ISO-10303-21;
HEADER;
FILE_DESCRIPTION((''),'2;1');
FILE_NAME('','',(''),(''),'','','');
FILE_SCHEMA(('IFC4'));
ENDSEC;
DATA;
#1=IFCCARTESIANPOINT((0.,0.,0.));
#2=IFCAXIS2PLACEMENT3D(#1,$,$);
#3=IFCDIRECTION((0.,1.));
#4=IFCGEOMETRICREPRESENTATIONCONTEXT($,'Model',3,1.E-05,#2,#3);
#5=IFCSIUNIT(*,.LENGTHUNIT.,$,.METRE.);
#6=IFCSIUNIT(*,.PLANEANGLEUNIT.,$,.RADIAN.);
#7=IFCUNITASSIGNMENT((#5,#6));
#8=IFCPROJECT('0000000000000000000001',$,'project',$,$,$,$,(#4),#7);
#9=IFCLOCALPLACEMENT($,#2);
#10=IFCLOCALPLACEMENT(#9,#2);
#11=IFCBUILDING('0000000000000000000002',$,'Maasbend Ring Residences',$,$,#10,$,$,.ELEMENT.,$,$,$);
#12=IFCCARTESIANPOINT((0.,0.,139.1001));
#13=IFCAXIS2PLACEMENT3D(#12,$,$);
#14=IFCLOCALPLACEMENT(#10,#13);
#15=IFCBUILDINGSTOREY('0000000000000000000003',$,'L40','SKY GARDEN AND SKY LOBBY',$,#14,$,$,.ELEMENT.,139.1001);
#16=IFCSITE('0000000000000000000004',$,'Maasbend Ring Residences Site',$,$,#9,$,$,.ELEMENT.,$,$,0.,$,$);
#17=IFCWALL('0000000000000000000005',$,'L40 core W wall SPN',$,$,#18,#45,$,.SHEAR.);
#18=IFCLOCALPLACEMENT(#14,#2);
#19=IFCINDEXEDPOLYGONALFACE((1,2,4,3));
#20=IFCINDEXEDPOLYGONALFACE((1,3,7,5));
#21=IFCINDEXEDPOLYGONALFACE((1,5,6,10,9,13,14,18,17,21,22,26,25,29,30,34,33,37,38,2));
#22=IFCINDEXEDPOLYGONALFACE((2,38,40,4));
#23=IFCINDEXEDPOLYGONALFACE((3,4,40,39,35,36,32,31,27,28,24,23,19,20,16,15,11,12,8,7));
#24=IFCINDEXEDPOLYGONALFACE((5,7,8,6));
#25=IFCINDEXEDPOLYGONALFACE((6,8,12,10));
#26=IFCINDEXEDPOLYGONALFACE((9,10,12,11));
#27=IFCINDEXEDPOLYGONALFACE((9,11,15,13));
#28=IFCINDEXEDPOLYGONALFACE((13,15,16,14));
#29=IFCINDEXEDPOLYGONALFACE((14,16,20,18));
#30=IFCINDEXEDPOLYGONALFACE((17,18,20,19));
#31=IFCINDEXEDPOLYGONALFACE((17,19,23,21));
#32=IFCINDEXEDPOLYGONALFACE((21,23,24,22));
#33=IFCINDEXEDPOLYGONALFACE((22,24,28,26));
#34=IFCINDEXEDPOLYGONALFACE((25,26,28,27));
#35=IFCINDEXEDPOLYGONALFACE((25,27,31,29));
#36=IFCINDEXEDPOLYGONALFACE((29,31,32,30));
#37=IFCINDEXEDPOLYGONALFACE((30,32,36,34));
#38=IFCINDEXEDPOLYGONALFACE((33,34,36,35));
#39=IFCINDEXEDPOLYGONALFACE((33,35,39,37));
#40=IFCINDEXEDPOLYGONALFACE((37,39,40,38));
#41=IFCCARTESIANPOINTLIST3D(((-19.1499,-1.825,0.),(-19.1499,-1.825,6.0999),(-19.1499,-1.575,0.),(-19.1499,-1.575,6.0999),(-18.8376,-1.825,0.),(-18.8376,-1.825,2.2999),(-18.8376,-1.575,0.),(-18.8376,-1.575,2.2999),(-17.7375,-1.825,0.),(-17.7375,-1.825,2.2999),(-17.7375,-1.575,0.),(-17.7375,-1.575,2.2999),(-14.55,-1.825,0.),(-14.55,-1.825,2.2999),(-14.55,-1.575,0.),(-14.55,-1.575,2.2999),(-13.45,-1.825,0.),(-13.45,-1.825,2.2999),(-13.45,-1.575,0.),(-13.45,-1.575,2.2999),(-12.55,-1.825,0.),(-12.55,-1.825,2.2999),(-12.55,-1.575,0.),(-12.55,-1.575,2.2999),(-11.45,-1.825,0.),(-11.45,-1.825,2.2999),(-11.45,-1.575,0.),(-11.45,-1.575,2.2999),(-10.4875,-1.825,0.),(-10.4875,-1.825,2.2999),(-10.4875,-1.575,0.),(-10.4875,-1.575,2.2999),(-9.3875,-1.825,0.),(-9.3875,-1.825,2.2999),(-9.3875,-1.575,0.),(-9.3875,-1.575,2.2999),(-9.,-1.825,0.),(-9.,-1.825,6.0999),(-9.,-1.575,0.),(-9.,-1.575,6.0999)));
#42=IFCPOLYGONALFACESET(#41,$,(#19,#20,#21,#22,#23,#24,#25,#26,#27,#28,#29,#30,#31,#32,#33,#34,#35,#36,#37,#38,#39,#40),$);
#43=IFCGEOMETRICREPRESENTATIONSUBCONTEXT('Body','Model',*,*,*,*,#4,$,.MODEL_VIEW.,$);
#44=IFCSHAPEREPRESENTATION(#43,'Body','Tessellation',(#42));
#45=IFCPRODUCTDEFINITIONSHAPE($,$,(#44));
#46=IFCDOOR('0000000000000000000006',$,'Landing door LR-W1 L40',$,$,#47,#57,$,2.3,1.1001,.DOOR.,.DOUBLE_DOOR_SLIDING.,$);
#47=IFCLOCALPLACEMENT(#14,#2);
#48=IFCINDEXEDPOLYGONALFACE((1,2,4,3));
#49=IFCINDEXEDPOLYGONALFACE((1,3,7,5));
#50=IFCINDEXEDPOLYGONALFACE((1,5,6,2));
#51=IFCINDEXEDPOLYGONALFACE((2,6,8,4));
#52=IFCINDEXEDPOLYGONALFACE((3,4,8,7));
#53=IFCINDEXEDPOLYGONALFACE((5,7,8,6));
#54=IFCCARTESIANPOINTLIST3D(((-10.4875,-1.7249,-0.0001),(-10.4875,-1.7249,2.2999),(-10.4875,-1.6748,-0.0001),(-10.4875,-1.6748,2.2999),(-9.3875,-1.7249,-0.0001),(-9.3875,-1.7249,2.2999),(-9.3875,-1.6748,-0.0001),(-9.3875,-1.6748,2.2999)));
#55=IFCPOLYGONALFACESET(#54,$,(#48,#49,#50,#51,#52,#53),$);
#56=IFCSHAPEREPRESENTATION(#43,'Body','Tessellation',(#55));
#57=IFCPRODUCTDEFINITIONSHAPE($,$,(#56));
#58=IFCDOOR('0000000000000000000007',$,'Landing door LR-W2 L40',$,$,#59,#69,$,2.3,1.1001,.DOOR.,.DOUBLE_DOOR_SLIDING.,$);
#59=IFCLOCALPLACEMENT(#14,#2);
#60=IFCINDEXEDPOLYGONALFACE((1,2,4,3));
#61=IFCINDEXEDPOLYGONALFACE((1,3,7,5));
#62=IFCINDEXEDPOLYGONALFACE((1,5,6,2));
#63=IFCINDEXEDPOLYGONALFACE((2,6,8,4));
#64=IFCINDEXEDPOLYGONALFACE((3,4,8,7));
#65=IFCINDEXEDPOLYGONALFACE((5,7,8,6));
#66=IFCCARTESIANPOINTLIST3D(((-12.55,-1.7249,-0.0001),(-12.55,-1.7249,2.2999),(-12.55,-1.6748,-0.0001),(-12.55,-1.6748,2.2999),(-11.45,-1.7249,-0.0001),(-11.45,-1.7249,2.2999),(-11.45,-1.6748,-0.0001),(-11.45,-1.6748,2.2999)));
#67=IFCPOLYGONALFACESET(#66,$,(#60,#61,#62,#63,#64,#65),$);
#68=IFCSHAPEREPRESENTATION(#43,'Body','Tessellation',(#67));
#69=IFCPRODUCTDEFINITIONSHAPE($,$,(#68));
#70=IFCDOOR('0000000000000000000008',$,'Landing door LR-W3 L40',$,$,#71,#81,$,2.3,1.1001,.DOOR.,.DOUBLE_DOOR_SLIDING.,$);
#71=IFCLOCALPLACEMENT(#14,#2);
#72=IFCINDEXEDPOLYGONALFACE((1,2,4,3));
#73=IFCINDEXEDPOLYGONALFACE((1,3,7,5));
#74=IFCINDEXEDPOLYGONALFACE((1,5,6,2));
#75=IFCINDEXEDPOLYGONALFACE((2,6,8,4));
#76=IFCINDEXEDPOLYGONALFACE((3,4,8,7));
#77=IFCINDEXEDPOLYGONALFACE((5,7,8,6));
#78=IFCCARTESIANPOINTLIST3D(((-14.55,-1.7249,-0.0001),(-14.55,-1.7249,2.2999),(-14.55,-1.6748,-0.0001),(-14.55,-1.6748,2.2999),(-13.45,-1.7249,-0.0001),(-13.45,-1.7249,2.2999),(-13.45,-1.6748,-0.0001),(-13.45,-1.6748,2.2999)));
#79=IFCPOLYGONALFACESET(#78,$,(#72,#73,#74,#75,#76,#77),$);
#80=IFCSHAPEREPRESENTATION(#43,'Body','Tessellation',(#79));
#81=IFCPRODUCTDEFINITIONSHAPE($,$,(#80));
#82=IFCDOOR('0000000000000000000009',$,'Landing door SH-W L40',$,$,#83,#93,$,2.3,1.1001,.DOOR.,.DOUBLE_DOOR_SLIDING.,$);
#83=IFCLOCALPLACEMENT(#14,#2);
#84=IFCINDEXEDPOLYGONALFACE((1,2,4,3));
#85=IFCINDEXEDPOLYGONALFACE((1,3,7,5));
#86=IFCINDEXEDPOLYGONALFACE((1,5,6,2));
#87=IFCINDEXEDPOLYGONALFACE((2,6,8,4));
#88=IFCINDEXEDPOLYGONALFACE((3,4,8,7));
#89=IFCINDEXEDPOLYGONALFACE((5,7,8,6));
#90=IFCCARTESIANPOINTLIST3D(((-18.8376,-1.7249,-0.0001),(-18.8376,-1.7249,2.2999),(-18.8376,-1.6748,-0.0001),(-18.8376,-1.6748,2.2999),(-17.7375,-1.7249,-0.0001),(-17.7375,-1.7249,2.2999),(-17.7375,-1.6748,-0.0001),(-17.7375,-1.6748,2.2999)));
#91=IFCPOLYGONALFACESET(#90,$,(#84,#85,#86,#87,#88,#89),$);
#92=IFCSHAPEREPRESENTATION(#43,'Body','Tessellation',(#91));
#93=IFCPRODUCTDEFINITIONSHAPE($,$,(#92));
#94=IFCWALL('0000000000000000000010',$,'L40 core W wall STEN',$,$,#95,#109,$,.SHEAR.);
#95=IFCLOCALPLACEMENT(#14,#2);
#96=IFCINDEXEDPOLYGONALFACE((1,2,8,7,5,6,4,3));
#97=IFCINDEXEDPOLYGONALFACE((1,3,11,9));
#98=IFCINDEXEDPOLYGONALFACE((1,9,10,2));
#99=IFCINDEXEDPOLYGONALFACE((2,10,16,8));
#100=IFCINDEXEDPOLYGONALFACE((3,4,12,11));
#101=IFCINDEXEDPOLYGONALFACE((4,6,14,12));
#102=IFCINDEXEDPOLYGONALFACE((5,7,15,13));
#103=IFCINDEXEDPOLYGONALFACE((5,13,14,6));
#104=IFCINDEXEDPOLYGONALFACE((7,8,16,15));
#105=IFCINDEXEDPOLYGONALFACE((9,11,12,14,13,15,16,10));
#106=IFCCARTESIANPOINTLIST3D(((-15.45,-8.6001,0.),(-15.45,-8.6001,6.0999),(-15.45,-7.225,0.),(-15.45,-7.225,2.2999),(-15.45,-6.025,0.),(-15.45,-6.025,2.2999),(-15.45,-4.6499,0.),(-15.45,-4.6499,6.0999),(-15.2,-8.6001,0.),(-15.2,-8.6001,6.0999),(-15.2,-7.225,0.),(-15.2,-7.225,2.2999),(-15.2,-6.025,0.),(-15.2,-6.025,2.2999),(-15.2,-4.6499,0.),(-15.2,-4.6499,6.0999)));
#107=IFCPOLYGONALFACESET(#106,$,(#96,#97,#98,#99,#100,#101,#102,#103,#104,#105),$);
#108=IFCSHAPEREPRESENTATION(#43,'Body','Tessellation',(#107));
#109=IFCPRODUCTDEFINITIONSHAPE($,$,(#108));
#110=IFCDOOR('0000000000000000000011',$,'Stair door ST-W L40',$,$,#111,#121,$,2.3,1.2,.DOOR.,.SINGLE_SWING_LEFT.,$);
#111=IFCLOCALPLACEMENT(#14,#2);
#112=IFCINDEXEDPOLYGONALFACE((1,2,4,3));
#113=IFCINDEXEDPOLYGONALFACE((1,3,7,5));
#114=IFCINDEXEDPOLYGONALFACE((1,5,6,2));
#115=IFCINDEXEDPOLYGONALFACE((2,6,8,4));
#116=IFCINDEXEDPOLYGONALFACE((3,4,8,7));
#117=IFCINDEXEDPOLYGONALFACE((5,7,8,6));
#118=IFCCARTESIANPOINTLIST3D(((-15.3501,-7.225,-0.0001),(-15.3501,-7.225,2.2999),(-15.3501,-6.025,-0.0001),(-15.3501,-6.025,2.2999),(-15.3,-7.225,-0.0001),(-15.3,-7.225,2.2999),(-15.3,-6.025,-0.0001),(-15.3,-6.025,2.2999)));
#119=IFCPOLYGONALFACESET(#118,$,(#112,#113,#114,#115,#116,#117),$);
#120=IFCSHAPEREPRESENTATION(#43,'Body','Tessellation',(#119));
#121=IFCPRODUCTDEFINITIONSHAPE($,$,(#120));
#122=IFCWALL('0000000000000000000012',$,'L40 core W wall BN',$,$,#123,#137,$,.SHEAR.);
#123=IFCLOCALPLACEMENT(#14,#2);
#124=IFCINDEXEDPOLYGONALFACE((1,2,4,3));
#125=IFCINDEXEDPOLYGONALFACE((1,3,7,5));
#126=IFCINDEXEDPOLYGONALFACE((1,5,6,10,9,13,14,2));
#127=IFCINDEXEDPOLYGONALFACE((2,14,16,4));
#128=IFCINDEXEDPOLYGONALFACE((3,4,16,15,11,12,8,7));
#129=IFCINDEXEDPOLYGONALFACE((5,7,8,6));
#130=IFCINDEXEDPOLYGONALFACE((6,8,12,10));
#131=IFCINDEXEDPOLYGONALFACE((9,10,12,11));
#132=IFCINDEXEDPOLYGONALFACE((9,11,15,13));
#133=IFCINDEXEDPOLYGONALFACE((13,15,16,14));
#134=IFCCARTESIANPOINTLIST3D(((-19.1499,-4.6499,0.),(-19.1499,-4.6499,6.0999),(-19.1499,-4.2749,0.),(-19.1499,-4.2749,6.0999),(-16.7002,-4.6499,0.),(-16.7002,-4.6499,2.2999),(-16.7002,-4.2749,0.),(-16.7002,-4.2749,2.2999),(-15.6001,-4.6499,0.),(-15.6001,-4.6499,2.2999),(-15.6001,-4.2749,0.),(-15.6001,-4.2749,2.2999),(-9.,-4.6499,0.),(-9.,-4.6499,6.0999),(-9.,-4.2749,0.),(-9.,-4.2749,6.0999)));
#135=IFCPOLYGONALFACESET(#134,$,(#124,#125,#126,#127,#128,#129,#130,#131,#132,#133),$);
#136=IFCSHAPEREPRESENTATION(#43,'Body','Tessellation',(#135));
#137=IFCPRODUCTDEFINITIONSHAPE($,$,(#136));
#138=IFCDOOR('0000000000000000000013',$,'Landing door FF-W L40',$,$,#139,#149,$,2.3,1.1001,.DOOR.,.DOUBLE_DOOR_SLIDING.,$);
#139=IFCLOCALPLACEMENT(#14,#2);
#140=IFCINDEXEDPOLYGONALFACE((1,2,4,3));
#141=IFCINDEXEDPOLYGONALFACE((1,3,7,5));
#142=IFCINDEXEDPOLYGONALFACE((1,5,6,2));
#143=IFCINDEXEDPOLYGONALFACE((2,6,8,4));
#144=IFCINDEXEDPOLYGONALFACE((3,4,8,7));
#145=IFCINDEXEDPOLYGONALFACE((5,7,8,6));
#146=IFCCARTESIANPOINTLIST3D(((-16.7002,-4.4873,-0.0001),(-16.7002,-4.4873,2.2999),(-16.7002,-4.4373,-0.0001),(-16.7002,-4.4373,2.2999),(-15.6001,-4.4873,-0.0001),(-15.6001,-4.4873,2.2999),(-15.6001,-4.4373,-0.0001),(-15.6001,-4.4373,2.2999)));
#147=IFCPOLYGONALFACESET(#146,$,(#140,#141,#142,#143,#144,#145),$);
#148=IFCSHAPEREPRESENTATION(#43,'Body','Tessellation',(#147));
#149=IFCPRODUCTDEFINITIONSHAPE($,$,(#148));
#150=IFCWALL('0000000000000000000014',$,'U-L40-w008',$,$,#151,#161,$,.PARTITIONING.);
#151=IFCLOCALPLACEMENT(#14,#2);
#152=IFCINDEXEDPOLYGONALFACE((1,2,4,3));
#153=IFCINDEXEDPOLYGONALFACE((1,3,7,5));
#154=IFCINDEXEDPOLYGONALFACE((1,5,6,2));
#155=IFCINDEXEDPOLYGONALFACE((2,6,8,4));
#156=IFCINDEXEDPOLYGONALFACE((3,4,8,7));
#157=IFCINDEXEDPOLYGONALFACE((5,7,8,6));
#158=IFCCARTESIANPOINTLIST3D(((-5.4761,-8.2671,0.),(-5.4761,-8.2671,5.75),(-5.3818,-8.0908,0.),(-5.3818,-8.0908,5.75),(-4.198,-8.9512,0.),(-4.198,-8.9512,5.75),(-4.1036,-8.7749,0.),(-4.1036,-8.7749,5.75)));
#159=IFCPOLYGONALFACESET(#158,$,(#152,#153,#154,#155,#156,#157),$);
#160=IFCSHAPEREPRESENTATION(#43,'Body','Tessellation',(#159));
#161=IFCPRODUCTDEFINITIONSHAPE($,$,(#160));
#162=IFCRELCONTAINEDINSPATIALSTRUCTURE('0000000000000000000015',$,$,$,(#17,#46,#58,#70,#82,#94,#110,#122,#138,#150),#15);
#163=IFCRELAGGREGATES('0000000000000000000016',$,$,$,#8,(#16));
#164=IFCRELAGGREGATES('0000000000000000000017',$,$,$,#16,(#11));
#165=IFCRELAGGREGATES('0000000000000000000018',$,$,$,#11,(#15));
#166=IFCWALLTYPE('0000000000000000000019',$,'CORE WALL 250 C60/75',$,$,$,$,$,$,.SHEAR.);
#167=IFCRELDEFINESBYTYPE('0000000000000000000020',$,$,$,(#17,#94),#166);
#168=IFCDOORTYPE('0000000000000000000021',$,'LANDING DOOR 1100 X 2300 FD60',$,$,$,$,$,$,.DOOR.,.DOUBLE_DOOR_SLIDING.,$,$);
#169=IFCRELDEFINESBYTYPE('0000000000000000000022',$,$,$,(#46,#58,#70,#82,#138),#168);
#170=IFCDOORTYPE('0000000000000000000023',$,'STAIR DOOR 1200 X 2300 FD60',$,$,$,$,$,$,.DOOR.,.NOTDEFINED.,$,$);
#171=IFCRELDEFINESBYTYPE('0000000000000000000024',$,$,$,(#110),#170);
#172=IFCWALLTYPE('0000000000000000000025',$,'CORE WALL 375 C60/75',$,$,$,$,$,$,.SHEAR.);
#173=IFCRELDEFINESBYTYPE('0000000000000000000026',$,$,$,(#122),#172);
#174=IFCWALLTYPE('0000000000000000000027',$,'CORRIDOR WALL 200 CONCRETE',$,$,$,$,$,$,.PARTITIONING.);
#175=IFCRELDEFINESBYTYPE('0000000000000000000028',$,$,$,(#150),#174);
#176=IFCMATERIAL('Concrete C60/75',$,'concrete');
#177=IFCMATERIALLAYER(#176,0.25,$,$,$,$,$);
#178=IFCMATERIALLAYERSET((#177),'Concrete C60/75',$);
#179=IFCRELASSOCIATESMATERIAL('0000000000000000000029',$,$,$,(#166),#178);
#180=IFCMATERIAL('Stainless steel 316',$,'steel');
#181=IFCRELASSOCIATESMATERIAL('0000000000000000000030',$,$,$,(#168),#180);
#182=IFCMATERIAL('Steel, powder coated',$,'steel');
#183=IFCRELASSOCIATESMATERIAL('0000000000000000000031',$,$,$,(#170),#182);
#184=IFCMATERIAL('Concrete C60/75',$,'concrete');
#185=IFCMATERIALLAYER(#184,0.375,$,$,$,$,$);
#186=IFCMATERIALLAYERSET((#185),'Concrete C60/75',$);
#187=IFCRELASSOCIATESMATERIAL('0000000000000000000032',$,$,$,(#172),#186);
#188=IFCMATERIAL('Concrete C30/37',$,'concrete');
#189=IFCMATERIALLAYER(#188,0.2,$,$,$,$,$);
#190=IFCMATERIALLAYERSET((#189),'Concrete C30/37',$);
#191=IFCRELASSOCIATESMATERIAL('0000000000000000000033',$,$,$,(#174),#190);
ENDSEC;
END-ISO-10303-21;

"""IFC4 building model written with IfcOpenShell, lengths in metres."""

from ifc_helpers import new_model, si_unit, direction, frame, frame_2d, origin, place, context, subcontext, project, spatial, rectangle, extrude, material, layer, layer_set, type_object, element, fill, save


model = new_model("IFC4")

# Units and contexts
model_context = context("Model", 3, precision=1e-05, world=origin(), true_north=direction((0.0, 1.0)))
body_context = subcontext(model_context, "Body", "Model", "MODEL_VIEW")
ifc_project = project(units=[si_unit("LENGTHUNIT", "METRE"), si_unit("PLANEANGLEUNIT", "RADIAN")], contexts=[model_context])

# Site, building, storey
site_placement = place(None, origin())
site = spatial("IfcSite", under=ifc_project, at=site_placement, Name="Maasbend Ring Residences Site", CompositionType="ELEMENT", RefElevation=0.0)
building_placement = place(site_placement, origin())
building = spatial("IfcBuilding", under=site, at=building_placement, Name="Maasbend Ring Residences", CompositionType="ELEMENT")
storey_placement = place(building_placement, frame((0.0, 0.0, 139.1001)))
storey = spatial("IfcBuildingStorey", under=building, at=storey_placement, Name="L40", Description="SKY GARDEN AND SKY LOBBY", CompositionType="ELEMENT", Elevation=139.1001)

# Wall, openings, doors
ifc_material_1 = material(Name="Concrete C60/75", Category="concrete")
ifc_layer_1 = layer(ifc_material_1, 0.25)
ifc_layer_set_1 = layer_set([ifc_layer_1], Name="Concrete C60/75")
wall_type_1 = type_object("IfcWallType", Name="CORE WALL 250 C60/75", PredefinedType="SHEAR", material=ifc_layer_set_1)
wall_1_placement = place(storey_placement, frame((-9.0, -1.7, 0.0), z_axis=(0.0, 0.0, 1.0), x_axis=(-1.0, 0.0, 0.0)))
wall_1 = element("IfcWall", 1, at=wall_1_placement, inside=storey, type_object=wall_type_1, Name="L40 core W wall SPN", PredefinedType="SHEAR", context=body_context, shape_type="SweptSolid", body=[
    extrude(rectangle(XDim=10.1499, YDim=0.25, at=frame_2d((5.075, 0.0))), origin(), (0.0, 0.0, 1.0), 6.0999),
])
opening_1_placement = place(wall_1_placement, frame((0.3875, 0.0, 0.0)))
opening_1 = element("IfcOpeningElement", 2, at=opening_1_placement, cuts=wall_1, PredefinedType="OPENING", context=body_context, shape_type="SweptSolid", body=[
    extrude(rectangle(XDim=1.1001, YDim=2.3, at=frame_2d((0.55, 1.1499))), frame((0.0, 0.135, 0.0), z_axis=(0.0, -1.0, 0.0), x_axis=(1.0, 0.0, 0.0)), (0.0, 0.0, 1.0), 0.27),
])
opening_2_placement = place(wall_1_placement, frame((2.45, 0.0, 0.0)))
opening_2 = element("IfcOpeningElement", 3, at=opening_2_placement, cuts=wall_1, PredefinedType="OPENING", context=body_context, shape_type="SweptSolid", body=[
    extrude(rectangle(XDim=1.1001, YDim=2.3, at=frame_2d((0.55, 1.1499))), frame((0.0, 0.135, 0.0), z_axis=(0.0, -1.0, 0.0), x_axis=(1.0, 0.0, 0.0)), (0.0, 0.0, 1.0), 0.27),
])
opening_3_placement = place(wall_1_placement, frame((4.45, 0.0, 0.0)))
opening_3 = element("IfcOpeningElement", 4, at=opening_3_placement, cuts=wall_1, PredefinedType="OPENING", context=body_context, shape_type="SweptSolid", body=[
    extrude(rectangle(XDim=1.1001, YDim=2.3, at=frame_2d((0.55, 1.1499))), frame((0.0, 0.135, 0.0), z_axis=(0.0, -1.0, 0.0), x_axis=(1.0, 0.0, 0.0)), (0.0, 0.0, 1.0), 0.27),
])
opening_4_placement = place(wall_1_placement, frame((8.7375, 0.0, 0.0)))
opening_4 = element("IfcOpeningElement", 5, at=opening_4_placement, cuts=wall_1, PredefinedType="OPENING", context=body_context, shape_type="SweptSolid", body=[
    extrude(rectangle(XDim=1.1001, YDim=2.3, at=frame_2d((0.55, 1.1499))), frame((0.0, 0.135, 0.0), z_axis=(0.0, -1.0, 0.0), x_axis=(1.0, 0.0, 0.0)), (0.0, 0.0, 1.0), 0.27),
])
ifc_material_2 = material(Name="Stainless steel 316", Category="steel")
door_type_1 = type_object("IfcDoorType", Name="LANDING DOOR 1100 X 2300 FD60", OperationType="DOUBLE_DOOR_SLIDING", PredefinedType="DOOR", material=ifc_material_2)
door_1_placement = place(opening_1_placement, origin())
door_1 = element("IfcDoor", 6, at=door_1_placement, inside=storey, type_object=door_type_1, Name="Landing door LR-W1 L40", OperationType="DOUBLE_DOOR_SLIDING", OverallHeight=2.3, OverallWidth=1.1001, PredefinedType="DOOR", context=body_context, shape_type="SweptSolid", body=[
    extrude(rectangle(XDim=1.1001, YDim=2.3, at=frame_2d((0.55, 1.1499))), frame((0.0, 0.0249, 0.0), z_axis=(0.0, -1.0, 0.0), x_axis=(1.0, 0.0, 0.0)), (0.0, 0.0, 1.0), 0.05),
])
fill(opening_1, door_1)
door_2_placement = place(opening_2_placement, origin())
door_2 = element("IfcDoor", 7, at=door_2_placement, inside=storey, type_object=door_type_1, Name="Landing door LR-W2 L40", OperationType="DOUBLE_DOOR_SLIDING", OverallHeight=2.3, OverallWidth=1.1001, PredefinedType="DOOR", context=body_context, shape_type="SweptSolid", body=[
    extrude(rectangle(XDim=1.1001, YDim=2.3, at=frame_2d((0.55, 1.1499))), frame((0.0, 0.0249, 0.0), z_axis=(0.0, -1.0, 0.0), x_axis=(1.0, 0.0, 0.0)), (0.0, 0.0, 1.0), 0.05),
])
fill(opening_2, door_2)
door_3_placement = place(opening_3_placement, origin())
door_3 = element("IfcDoor", 8, at=door_3_placement, inside=storey, type_object=door_type_1, Name="Landing door LR-W3 L40", OperationType="DOUBLE_DOOR_SLIDING", OverallHeight=2.3, OverallWidth=1.1001, PredefinedType="DOOR", context=body_context, shape_type="SweptSolid", body=[
    extrude(rectangle(XDim=1.1001, YDim=2.3, at=frame_2d((0.55, 1.1499))), frame((0.0, 0.0249, 0.0), z_axis=(0.0, -1.0, 0.0), x_axis=(1.0, 0.0, 0.0)), (0.0, 0.0, 1.0), 0.05),
])
fill(opening_3, door_3)
door_4_placement = place(opening_4_placement, origin())
door_4 = element("IfcDoor", 9, at=door_4_placement, inside=storey, type_object=door_type_1, Name="Landing door SH-W L40", OperationType="DOUBLE_DOOR_SLIDING", OverallHeight=2.3, OverallWidth=1.1001, PredefinedType="DOOR", context=body_context, shape_type="SweptSolid", body=[
    extrude(rectangle(XDim=1.1001, YDim=2.3, at=frame_2d((0.55, 1.1499))), frame((0.0, 0.0249, 0.0), z_axis=(0.0, -1.0, 0.0), x_axis=(1.0, 0.0, 0.0)), (0.0, 0.0, 1.0), 0.05),
])
fill(opening_4, door_4)

# Walls, openings, doors
wall_2_placement = place(storey_placement, frame((-15.325, -4.6499, 0.0), z_axis=(0.0, 0.0, 1.0), x_axis=(0.0, -1.0, 0.0)))
wall_2 = element("IfcWall", 10, at=wall_2_placement, inside=storey, type_object=wall_type_1, Name="L40 core W wall STEN", PredefinedType="SHEAR", context=body_context, shape_type="SweptSolid", body=[
    extrude(rectangle(XDim=3.9502, YDim=0.25, at=frame_2d((1.9751, 0.0))), origin(), (0.0, 0.0, 1.0), 6.0999),
])
opening_5_placement = place(wall_2_placement, frame((1.375, 0.0, 0.0)))
opening_5 = element("IfcOpeningElement", 11, at=opening_5_placement, cuts=wall_2, PredefinedType="OPENING", context=body_context, shape_type="SweptSolid", body=[
    extrude(rectangle(XDim=1.2, YDim=2.3, at=frame_2d((0.6001, 1.1499))), frame((0.0, 0.135, 0.0), z_axis=(0.0, -1.0, 0.0), x_axis=(1.0, 0.0, 0.0)), (0.0, 0.0, 1.0), 0.27),
])
ifc_material_3 = material(Name="Steel, powder coated", Category="steel")
door_type_2 = type_object("IfcDoorType", Name="STAIR DOOR 1200 X 2300 FD60", OperationType="NOTDEFINED", PredefinedType="DOOR", material=ifc_material_3)
door_5_placement = place(opening_5_placement, origin())
door_5 = element("IfcDoor", 12, at=door_5_placement, inside=storey, type_object=door_type_2, Name="Stair door ST-W L40", OperationType="SINGLE_SWING_LEFT", OverallHeight=2.3, OverallWidth=1.2, PredefinedType="DOOR", context=body_context, shape_type="SweptSolid", body=[
    extrude(rectangle(XDim=1.2, YDim=2.3, at=frame_2d((0.6001, 1.1499))), frame((0.0, 0.0249, 0.0), z_axis=(0.0, -1.0, 0.0), x_axis=(1.0, 0.0, 0.0)), (0.0, 0.0, 1.0), 0.05),
])
fill(opening_5, door_5)
ifc_material_4 = material(Name="Concrete C60/75", Category="concrete")
ifc_layer_2 = layer(ifc_material_4, 0.375)
ifc_layer_set_2 = layer_set([ifc_layer_2], Name="Concrete C60/75")
wall_type_2 = type_object("IfcWallType", Name="CORE WALL 375 C60/75", PredefinedType="SHEAR", material=ifc_layer_set_2)
wall_3_placement = place(storey_placement, frame((-9.0, -4.4624, 0.0), z_axis=(0.0, 0.0, 1.0), x_axis=(-1.0, 0.0, 0.0)))
wall_3 = element("IfcWall", 13, at=wall_3_placement, inside=storey, type_object=wall_type_2, Name="L40 core W wall BN", PredefinedType="SHEAR", context=body_context, shape_type="SweptSolid", body=[
    extrude(rectangle(XDim=10.1499, YDim=0.375, at=frame_2d((5.075, 0.0))), origin(), (0.0, 0.0, 1.0), 6.0999),
])
opening_6_placement = place(wall_3_placement, frame((6.6001, 0.0, 0.0)))
opening_6 = element("IfcOpeningElement", 14, at=opening_6_placement, cuts=wall_3, PredefinedType="OPENING", context=body_context, shape_type="SweptSolid", body=[
    extrude(rectangle(XDim=1.1001, YDim=2.3, at=frame_2d((0.55, 1.1499))), frame((0.0, 0.1975, 0.0), z_axis=(0.0, -1.0, 0.0), x_axis=(1.0, 0.0, 0.0)), (0.0, 0.0, 1.0), 0.395),
])
door_6_placement = place(opening_6_placement, origin())
door_6 = element("IfcDoor", 15, at=door_6_placement, inside=storey, type_object=door_type_1, Name="Landing door FF-W L40", OperationType="DOUBLE_DOOR_SLIDING", OverallHeight=2.3, OverallWidth=1.1001, PredefinedType="DOOR", context=body_context, shape_type="SweptSolid", body=[
    extrude(rectangle(XDim=1.1001, YDim=2.3, at=frame_2d((0.55, 1.1499))), frame((0.0, 0.0249, 0.0), z_axis=(0.0, -1.0, 0.0), x_axis=(1.0, 0.0, 0.0)), (0.0, 0.0, 1.0), 0.05),
])
fill(opening_6, door_6)

# Wall
ifc_material_5 = material(Name="Concrete C30/37", Category="concrete")
ifc_layer_3 = layer(ifc_material_5, 0.2)
ifc_layer_set_3 = layer_set([ifc_layer_3], Name="Concrete C30/37")
wall_type_3 = type_object("IfcWallType", Name="CORRIDOR WALL 200 CONCRETE", PredefinedType="PARTITIONING", material=ifc_layer_set_3)
wall_4_placement = place(storey_placement, frame((-5.429, -8.179, 0.0), z_axis=(0.0, 0.0, 1.0), x_axis=(0.881653, -0.471899, 0.0)))
element("IfcWall", 16, at=wall_4_placement, inside=storey, type_object=wall_type_3, Name="U-L40-w008", PredefinedType="PARTITIONING", context=body_context, shape_type="SweptSolid", body=[
    extrude(rectangle(XDim=1.4497, YDim=0.2, at=frame_2d((0.7249, 0.0))), origin(), (0.0, 0.0, 1.0), 5.75),
])

save(model, "model.ifc")
